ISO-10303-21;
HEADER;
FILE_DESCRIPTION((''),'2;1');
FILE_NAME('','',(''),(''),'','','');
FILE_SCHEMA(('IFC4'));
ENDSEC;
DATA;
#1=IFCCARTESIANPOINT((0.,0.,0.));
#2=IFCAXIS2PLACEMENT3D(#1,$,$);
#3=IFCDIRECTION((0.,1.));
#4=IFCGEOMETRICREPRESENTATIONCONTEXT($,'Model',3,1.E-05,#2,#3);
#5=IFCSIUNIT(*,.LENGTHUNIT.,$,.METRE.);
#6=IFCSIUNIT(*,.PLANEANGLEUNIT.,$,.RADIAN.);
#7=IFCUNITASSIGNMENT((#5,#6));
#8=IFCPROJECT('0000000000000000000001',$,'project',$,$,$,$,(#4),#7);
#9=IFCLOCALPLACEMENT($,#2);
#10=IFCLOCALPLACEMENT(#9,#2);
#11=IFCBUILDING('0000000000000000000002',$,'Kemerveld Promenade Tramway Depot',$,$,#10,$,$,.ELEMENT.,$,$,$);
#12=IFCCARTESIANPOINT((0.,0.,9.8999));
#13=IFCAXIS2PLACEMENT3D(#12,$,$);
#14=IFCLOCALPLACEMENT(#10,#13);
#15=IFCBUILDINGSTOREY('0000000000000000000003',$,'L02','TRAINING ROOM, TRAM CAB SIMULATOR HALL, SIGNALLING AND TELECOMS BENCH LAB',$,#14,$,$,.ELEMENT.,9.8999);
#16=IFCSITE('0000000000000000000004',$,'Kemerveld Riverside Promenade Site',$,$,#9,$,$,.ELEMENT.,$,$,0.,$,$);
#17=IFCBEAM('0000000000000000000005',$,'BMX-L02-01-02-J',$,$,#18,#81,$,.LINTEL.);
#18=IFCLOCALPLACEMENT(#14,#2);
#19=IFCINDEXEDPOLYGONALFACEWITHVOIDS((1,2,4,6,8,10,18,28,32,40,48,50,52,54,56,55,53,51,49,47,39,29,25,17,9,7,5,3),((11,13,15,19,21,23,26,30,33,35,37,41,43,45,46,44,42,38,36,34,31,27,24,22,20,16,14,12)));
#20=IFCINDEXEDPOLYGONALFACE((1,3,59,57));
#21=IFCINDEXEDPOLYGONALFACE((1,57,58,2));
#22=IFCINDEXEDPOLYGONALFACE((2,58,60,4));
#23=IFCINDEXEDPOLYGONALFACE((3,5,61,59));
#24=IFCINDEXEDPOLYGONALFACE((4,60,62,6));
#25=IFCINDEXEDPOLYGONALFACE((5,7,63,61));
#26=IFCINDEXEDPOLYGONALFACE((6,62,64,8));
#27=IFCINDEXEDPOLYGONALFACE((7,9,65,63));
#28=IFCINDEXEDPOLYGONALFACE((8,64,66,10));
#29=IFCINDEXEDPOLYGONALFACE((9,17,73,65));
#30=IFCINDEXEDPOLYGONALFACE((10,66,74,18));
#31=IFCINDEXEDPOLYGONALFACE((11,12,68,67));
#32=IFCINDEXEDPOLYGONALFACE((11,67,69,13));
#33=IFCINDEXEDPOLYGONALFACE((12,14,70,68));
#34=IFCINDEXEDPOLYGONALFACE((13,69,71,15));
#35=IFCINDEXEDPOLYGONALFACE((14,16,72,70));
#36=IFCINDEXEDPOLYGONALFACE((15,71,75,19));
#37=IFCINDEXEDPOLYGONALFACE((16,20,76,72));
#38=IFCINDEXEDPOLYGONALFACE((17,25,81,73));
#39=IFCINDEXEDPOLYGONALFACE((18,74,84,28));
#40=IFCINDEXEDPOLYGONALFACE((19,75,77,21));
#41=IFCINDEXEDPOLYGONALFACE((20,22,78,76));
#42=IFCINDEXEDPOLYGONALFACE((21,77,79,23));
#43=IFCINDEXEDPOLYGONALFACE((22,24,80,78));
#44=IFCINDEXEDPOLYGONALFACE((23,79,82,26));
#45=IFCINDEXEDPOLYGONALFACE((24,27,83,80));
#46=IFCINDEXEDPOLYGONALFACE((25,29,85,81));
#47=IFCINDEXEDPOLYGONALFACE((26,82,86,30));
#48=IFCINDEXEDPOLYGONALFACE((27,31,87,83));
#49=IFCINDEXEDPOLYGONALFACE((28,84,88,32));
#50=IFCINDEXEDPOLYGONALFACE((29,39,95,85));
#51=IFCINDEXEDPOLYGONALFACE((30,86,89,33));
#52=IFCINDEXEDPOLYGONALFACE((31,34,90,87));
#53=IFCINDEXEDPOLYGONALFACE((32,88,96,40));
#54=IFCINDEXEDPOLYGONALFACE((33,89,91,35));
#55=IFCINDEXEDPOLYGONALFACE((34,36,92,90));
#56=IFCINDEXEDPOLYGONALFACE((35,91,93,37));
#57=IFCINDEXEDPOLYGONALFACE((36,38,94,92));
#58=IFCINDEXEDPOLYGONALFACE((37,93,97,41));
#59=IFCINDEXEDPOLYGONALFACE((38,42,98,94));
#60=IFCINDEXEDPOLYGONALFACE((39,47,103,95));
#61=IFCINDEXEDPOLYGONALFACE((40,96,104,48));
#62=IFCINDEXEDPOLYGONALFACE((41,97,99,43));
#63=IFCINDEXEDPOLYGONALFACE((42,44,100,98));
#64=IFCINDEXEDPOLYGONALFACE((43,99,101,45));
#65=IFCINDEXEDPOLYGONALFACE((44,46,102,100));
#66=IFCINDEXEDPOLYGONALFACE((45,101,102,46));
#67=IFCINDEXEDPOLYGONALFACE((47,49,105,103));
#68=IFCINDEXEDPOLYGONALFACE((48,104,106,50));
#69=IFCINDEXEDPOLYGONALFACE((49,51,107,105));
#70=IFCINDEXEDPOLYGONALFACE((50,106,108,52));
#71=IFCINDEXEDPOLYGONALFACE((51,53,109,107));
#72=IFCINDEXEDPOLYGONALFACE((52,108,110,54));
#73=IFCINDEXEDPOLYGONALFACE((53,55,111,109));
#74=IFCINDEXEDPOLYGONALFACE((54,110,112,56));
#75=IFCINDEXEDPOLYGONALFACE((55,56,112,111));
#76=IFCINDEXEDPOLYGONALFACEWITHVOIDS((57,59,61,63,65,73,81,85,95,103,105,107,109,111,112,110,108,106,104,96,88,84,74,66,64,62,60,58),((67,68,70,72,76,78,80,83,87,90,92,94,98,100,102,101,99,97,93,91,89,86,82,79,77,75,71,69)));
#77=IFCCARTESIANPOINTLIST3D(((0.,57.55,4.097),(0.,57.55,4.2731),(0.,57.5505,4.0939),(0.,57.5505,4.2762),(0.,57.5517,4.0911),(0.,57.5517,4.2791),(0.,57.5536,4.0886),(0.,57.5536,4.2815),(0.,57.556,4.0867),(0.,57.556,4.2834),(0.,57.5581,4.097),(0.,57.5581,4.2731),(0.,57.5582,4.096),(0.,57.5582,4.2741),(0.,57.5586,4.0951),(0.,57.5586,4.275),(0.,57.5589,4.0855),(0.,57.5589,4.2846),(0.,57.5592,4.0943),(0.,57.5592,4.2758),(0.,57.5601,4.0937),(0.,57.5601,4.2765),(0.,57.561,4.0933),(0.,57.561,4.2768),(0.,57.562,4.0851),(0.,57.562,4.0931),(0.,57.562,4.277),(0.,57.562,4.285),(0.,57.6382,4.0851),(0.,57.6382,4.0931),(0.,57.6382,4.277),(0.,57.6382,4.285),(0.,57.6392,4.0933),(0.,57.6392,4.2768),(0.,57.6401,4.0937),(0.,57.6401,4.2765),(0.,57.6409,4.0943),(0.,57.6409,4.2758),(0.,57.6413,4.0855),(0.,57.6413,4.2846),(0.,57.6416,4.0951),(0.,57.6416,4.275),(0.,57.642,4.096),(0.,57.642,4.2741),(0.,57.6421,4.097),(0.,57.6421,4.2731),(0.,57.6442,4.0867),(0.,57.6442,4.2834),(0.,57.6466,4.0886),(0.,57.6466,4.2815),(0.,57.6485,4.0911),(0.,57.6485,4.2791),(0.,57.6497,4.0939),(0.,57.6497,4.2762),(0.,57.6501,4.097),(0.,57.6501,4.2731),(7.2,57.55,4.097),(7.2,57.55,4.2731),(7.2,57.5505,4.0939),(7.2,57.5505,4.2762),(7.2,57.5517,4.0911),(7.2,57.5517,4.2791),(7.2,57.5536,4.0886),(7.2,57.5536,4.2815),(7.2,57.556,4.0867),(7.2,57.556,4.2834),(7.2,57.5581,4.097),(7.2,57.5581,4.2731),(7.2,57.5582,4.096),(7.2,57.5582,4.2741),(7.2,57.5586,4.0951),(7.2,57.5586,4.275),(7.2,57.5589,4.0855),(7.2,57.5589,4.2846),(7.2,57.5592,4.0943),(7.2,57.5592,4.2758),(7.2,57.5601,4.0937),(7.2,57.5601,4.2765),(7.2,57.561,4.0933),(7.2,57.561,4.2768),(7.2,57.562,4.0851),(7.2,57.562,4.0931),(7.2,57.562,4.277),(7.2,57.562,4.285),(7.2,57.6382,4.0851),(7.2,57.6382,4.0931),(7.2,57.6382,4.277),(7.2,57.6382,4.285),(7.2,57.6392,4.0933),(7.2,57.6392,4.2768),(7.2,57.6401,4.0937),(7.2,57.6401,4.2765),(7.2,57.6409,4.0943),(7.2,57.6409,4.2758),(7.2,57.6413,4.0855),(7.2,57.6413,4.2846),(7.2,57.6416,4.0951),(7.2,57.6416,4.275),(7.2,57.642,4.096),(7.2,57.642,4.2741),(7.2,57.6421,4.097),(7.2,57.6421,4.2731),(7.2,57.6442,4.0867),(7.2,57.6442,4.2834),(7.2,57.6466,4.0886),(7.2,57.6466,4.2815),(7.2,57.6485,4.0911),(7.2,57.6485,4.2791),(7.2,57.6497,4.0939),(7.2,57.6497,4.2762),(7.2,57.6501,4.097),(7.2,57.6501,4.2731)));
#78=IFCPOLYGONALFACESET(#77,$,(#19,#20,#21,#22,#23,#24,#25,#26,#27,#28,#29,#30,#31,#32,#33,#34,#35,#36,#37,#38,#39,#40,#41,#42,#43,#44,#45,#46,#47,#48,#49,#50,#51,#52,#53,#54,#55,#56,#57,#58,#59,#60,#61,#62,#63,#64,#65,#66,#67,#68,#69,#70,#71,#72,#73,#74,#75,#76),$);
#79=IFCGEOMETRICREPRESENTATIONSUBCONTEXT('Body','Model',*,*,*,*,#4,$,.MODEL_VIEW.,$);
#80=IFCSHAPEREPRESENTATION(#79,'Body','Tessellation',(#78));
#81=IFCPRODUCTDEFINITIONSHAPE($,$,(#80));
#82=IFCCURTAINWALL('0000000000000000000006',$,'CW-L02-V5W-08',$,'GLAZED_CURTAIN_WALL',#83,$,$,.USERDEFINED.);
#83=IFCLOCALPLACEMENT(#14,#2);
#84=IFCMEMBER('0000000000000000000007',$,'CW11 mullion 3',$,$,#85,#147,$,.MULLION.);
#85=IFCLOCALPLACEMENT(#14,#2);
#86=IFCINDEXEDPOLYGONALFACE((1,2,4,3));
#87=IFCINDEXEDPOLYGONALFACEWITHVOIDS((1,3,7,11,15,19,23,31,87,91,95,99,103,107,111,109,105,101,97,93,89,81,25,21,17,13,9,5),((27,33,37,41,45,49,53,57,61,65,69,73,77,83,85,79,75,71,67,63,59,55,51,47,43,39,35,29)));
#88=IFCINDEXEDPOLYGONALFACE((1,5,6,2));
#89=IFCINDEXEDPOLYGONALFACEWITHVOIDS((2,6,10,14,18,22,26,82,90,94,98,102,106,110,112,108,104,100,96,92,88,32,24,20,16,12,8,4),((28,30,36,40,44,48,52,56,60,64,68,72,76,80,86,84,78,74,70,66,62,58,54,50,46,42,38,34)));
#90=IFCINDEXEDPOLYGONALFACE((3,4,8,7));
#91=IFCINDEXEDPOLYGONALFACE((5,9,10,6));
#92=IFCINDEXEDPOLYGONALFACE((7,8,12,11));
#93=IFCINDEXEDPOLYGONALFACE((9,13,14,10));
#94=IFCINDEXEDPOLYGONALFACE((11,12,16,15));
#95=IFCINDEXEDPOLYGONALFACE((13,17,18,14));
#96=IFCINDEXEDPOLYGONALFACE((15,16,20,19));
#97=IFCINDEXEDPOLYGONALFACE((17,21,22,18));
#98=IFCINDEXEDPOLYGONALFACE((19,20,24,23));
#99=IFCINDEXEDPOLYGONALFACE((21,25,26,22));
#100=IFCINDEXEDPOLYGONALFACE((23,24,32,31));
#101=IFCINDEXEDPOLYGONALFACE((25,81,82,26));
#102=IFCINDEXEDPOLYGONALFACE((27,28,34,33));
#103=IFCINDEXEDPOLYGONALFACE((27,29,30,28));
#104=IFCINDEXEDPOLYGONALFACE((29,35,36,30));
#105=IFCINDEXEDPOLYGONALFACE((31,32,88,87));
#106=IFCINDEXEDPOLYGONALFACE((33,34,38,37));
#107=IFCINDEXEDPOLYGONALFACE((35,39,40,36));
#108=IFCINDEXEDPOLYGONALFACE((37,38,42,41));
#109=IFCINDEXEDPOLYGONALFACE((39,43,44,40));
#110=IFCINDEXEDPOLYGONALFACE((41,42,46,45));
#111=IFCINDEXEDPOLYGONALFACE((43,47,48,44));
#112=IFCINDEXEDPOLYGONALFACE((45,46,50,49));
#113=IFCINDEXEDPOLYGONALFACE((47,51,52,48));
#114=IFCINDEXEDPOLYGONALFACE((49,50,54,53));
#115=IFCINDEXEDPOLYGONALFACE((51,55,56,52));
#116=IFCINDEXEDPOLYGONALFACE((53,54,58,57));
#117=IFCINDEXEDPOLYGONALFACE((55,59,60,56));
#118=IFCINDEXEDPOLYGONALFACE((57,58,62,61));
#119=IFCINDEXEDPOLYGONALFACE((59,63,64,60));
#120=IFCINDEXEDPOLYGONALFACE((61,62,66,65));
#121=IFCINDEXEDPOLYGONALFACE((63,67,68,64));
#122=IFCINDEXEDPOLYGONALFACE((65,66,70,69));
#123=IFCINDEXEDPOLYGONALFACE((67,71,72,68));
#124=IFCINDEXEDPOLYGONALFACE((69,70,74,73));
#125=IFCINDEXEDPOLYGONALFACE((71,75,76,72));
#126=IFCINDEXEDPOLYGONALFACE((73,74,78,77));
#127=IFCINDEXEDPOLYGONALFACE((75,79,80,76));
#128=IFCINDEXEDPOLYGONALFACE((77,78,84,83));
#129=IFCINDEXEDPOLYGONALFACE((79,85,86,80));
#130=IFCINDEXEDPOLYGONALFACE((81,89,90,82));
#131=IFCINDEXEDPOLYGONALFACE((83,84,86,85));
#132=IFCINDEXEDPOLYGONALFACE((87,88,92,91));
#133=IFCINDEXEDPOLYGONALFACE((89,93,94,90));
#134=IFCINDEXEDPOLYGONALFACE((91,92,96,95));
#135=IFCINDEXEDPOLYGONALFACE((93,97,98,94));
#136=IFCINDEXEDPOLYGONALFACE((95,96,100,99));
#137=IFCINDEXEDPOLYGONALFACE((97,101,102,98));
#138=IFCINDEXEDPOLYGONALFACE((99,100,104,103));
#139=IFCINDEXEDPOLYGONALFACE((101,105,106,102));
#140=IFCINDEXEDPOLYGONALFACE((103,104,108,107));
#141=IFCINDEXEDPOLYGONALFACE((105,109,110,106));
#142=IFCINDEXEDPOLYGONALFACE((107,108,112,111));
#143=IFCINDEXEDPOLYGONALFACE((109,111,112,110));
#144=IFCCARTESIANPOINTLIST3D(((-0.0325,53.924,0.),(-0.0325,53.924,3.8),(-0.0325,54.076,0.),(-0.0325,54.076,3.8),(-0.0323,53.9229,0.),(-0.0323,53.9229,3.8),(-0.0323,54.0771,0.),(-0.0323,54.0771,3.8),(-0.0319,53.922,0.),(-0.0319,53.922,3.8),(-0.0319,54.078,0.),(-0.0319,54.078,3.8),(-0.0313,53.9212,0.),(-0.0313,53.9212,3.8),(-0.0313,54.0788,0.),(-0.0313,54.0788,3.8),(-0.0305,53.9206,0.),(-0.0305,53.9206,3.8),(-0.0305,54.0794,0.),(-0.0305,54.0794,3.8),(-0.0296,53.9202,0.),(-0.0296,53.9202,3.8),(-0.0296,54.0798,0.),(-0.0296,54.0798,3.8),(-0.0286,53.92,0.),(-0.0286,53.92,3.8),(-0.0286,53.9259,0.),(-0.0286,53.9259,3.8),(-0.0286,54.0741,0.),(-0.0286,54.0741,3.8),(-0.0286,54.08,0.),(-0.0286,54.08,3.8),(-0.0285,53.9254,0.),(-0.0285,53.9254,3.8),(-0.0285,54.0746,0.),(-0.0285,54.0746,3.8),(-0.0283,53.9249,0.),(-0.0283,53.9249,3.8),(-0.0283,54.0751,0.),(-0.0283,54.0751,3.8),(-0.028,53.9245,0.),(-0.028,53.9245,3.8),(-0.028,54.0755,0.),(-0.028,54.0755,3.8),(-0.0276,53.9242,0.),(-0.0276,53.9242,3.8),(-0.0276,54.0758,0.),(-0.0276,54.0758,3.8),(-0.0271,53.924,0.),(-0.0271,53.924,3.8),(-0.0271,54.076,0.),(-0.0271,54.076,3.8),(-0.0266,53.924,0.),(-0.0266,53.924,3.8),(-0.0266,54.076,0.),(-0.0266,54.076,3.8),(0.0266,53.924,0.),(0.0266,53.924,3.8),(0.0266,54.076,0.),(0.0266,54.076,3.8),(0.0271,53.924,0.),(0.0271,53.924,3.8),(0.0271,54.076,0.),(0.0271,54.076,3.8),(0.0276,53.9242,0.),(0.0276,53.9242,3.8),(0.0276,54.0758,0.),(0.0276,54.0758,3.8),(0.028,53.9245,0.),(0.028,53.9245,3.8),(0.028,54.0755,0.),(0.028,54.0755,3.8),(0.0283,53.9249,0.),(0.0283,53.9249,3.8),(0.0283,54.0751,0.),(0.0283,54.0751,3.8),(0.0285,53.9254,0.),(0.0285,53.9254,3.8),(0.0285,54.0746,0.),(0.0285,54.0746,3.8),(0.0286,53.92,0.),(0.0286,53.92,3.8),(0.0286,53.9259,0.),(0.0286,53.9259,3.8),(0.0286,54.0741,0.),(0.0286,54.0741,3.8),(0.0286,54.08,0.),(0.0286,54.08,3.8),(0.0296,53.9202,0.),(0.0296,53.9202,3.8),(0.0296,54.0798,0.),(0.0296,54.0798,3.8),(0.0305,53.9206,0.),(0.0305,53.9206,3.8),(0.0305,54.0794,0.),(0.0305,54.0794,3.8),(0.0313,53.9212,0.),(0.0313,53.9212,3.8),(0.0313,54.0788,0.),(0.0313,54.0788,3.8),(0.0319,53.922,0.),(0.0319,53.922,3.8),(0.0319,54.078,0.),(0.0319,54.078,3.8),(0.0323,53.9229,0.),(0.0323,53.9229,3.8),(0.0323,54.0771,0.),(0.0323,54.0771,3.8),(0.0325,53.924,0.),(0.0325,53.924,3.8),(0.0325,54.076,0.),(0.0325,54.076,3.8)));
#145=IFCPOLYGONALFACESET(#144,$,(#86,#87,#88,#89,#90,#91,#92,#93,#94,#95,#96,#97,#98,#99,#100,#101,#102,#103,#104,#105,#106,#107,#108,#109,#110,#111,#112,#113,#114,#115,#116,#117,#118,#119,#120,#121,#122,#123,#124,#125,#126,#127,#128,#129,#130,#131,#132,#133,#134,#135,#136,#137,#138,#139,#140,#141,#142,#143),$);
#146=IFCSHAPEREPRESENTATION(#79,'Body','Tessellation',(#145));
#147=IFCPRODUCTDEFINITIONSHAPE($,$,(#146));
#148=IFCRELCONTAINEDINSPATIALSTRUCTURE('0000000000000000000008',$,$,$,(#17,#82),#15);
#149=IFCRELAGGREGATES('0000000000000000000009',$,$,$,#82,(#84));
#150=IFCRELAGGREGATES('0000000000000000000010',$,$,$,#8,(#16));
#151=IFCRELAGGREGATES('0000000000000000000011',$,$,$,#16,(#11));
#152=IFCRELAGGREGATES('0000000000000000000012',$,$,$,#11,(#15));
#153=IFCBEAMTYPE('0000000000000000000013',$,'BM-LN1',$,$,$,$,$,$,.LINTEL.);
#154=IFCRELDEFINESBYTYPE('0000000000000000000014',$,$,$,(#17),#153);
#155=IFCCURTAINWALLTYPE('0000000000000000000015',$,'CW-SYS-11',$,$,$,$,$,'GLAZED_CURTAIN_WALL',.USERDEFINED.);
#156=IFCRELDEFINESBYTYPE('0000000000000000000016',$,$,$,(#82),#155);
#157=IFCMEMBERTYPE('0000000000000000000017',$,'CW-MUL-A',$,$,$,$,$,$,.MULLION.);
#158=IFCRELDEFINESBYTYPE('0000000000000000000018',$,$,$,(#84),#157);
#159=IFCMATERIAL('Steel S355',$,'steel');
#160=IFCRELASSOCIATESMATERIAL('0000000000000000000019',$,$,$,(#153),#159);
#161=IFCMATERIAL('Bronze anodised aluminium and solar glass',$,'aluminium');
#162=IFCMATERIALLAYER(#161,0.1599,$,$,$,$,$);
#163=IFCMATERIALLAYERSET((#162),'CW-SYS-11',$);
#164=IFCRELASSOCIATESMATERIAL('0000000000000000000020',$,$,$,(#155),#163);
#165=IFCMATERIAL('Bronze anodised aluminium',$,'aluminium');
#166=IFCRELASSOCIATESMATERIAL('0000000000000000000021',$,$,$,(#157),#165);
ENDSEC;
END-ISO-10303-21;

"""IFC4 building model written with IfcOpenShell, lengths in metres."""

from ifc_helpers import new_model, si_unit, direction, frame, origin, origin_2d, place, context, subcontext, project, spatial, hollow_rectangle, extrude, material, layer, layer_set, material_profile, profile_set, type_object, element, aggregate, save


model = new_model("IFC4")

# Units and contexts
model_context = context("Model", 3, precision=1e-05, world=origin(), true_north=direction((0.0, 1.0)))
body_context = subcontext(model_context, "Body", "Model", "MODEL_VIEW")
ifc_project = project(units=[si_unit("LENGTHUNIT", "METRE"), si_unit("PLANEANGLEUNIT", "RADIAN")], contexts=[model_context])

# Site, building, storey
site_placement = place(None, origin())
site = spatial("IfcSite", under=ifc_project, at=site_placement, Name="Kemerveld Riverside Promenade Site", CompositionType="ELEMENT", RefElevation=0.0)
building_placement = place(site_placement, origin())
building = spatial("IfcBuilding", under=site, at=building_placement, Name="Kemerveld Promenade Tramway Depot", CompositionType="ELEMENT")
storey_placement = place(building_placement, frame((0.0, 0.0, 9.8999)))
storey = spatial("IfcBuildingStorey", under=building, at=storey_placement, Name="L02", Description="TRAINING ROOM, TRAM CAB SIMULATOR HALL, SIGNALLING AND TELECOMS BENCH LAB", CompositionType="ELEMENT", Elevation=9.8999)

# Shared definitions
ifc_material_1 = material(Name="Steel S355", Category="steel")

# Beam
ifc_material_profile_1 = material_profile(ifc_material_1, hollow_rectangle(XDim=0.1001, YDim=0.2, WallThickness=0.0081, InnerFilletRadius=0.0039, OuterFilletRadius=0.012, at=origin_2d()), Name="200x100x8.0 RHS")
ifc_profile_set_1 = profile_set([ifc_material_profile_1], Name="Steel S355")
beam_type_1 = type_object("IfcBeamType", Name="BM-LN1", PredefinedType="LINTEL", material=ifc_profile_set_1)
beam_1_placement = place(storey_placement, frame((0.0, 57.6001, 4.1851), z_axis=(1.0, 0.0, 0.0), x_axis=(0.0, 1.0, 0.0)))
element("IfcBeam", 1, at=beam_1_placement, inside=storey, type_object=beam_type_1, Name="BMX-L02-01-02-J", PredefinedType="LINTEL", context=body_context, shape_type="SweptSolid", body=[
    extrude(hollow_rectangle(XDim=0.1001, YDim=0.2, WallThickness=0.0081, InnerFilletRadius=0.0039, OuterFilletRadius=0.012, at=origin_2d()), origin(), (0.0, 0.0, 1.0), 7.2),
])

# Curtain wall, member
ifc_material_2 = material(Name="Bronze anodised aluminium and solar glass", Category="aluminium")
ifc_layer_1 = layer(ifc_material_2, 0.1599)
ifc_layer_set_1 = layer_set([ifc_layer_1], Name="CW-SYS-11")
curtain_wall_type = type_object("IfcCurtainWallType", Name="CW-SYS-11", ElementType="GLAZED_CURTAIN_WALL", PredefinedType="USERDEFINED", material=ifc_layer_set_1)
curtain_wall_placement = place(storey_placement, origin())
curtain_wall = element("IfcCurtainWall", 2, at=curtain_wall_placement, inside=storey, type_object=curtain_wall_type, Name="CW-L02-V5W-08", ObjectType="GLAZED_CURTAIN_WALL", PredefinedType="USERDEFINED")
ifc_material_3 = material(Name="Bronze anodised aluminium", Category="aluminium")
ifc_material_profile_2 = material_profile(ifc_material_3, hollow_rectangle(XDim=0.0649, YDim=0.1599, WallThickness=0.0039, InnerFilletRadius=0.002, OuterFilletRadius=0.0039, at=origin_2d()), Name="CW-MUL-160x65")
ifc_profile_set_2 = profile_set([ifc_material_profile_2], Name="Bronze anodised aluminium")
member_type_1 = type_object("IfcMemberType", Name="CW-MUL-A", PredefinedType="MULLION", material=ifc_profile_set_2)
member_1_placement = place(storey_placement, frame((0.0, 54.0, 0.0), z_axis=(0.0, 0.0, 1.0), x_axis=(-1.0, 0.0, 0.0)))
member_1 = element("IfcMember", 3, at=member_1_placement, type_object=member_type_1, Name="CW11 mullion 3", PredefinedType="MULLION", context=body_context, shape_type="SweptSolid", body=[
    extrude(hollow_rectangle(XDim=0.0649, YDim=0.1599, WallThickness=0.0039, InnerFilletRadius=0.002, OuterFilletRadius=0.0039, at=origin_2d()), origin(), (0.0, 0.0, 1.0), 3.8),
])
aggregate(curtain_wall, [member_1])

save(model, "model.ifc")
